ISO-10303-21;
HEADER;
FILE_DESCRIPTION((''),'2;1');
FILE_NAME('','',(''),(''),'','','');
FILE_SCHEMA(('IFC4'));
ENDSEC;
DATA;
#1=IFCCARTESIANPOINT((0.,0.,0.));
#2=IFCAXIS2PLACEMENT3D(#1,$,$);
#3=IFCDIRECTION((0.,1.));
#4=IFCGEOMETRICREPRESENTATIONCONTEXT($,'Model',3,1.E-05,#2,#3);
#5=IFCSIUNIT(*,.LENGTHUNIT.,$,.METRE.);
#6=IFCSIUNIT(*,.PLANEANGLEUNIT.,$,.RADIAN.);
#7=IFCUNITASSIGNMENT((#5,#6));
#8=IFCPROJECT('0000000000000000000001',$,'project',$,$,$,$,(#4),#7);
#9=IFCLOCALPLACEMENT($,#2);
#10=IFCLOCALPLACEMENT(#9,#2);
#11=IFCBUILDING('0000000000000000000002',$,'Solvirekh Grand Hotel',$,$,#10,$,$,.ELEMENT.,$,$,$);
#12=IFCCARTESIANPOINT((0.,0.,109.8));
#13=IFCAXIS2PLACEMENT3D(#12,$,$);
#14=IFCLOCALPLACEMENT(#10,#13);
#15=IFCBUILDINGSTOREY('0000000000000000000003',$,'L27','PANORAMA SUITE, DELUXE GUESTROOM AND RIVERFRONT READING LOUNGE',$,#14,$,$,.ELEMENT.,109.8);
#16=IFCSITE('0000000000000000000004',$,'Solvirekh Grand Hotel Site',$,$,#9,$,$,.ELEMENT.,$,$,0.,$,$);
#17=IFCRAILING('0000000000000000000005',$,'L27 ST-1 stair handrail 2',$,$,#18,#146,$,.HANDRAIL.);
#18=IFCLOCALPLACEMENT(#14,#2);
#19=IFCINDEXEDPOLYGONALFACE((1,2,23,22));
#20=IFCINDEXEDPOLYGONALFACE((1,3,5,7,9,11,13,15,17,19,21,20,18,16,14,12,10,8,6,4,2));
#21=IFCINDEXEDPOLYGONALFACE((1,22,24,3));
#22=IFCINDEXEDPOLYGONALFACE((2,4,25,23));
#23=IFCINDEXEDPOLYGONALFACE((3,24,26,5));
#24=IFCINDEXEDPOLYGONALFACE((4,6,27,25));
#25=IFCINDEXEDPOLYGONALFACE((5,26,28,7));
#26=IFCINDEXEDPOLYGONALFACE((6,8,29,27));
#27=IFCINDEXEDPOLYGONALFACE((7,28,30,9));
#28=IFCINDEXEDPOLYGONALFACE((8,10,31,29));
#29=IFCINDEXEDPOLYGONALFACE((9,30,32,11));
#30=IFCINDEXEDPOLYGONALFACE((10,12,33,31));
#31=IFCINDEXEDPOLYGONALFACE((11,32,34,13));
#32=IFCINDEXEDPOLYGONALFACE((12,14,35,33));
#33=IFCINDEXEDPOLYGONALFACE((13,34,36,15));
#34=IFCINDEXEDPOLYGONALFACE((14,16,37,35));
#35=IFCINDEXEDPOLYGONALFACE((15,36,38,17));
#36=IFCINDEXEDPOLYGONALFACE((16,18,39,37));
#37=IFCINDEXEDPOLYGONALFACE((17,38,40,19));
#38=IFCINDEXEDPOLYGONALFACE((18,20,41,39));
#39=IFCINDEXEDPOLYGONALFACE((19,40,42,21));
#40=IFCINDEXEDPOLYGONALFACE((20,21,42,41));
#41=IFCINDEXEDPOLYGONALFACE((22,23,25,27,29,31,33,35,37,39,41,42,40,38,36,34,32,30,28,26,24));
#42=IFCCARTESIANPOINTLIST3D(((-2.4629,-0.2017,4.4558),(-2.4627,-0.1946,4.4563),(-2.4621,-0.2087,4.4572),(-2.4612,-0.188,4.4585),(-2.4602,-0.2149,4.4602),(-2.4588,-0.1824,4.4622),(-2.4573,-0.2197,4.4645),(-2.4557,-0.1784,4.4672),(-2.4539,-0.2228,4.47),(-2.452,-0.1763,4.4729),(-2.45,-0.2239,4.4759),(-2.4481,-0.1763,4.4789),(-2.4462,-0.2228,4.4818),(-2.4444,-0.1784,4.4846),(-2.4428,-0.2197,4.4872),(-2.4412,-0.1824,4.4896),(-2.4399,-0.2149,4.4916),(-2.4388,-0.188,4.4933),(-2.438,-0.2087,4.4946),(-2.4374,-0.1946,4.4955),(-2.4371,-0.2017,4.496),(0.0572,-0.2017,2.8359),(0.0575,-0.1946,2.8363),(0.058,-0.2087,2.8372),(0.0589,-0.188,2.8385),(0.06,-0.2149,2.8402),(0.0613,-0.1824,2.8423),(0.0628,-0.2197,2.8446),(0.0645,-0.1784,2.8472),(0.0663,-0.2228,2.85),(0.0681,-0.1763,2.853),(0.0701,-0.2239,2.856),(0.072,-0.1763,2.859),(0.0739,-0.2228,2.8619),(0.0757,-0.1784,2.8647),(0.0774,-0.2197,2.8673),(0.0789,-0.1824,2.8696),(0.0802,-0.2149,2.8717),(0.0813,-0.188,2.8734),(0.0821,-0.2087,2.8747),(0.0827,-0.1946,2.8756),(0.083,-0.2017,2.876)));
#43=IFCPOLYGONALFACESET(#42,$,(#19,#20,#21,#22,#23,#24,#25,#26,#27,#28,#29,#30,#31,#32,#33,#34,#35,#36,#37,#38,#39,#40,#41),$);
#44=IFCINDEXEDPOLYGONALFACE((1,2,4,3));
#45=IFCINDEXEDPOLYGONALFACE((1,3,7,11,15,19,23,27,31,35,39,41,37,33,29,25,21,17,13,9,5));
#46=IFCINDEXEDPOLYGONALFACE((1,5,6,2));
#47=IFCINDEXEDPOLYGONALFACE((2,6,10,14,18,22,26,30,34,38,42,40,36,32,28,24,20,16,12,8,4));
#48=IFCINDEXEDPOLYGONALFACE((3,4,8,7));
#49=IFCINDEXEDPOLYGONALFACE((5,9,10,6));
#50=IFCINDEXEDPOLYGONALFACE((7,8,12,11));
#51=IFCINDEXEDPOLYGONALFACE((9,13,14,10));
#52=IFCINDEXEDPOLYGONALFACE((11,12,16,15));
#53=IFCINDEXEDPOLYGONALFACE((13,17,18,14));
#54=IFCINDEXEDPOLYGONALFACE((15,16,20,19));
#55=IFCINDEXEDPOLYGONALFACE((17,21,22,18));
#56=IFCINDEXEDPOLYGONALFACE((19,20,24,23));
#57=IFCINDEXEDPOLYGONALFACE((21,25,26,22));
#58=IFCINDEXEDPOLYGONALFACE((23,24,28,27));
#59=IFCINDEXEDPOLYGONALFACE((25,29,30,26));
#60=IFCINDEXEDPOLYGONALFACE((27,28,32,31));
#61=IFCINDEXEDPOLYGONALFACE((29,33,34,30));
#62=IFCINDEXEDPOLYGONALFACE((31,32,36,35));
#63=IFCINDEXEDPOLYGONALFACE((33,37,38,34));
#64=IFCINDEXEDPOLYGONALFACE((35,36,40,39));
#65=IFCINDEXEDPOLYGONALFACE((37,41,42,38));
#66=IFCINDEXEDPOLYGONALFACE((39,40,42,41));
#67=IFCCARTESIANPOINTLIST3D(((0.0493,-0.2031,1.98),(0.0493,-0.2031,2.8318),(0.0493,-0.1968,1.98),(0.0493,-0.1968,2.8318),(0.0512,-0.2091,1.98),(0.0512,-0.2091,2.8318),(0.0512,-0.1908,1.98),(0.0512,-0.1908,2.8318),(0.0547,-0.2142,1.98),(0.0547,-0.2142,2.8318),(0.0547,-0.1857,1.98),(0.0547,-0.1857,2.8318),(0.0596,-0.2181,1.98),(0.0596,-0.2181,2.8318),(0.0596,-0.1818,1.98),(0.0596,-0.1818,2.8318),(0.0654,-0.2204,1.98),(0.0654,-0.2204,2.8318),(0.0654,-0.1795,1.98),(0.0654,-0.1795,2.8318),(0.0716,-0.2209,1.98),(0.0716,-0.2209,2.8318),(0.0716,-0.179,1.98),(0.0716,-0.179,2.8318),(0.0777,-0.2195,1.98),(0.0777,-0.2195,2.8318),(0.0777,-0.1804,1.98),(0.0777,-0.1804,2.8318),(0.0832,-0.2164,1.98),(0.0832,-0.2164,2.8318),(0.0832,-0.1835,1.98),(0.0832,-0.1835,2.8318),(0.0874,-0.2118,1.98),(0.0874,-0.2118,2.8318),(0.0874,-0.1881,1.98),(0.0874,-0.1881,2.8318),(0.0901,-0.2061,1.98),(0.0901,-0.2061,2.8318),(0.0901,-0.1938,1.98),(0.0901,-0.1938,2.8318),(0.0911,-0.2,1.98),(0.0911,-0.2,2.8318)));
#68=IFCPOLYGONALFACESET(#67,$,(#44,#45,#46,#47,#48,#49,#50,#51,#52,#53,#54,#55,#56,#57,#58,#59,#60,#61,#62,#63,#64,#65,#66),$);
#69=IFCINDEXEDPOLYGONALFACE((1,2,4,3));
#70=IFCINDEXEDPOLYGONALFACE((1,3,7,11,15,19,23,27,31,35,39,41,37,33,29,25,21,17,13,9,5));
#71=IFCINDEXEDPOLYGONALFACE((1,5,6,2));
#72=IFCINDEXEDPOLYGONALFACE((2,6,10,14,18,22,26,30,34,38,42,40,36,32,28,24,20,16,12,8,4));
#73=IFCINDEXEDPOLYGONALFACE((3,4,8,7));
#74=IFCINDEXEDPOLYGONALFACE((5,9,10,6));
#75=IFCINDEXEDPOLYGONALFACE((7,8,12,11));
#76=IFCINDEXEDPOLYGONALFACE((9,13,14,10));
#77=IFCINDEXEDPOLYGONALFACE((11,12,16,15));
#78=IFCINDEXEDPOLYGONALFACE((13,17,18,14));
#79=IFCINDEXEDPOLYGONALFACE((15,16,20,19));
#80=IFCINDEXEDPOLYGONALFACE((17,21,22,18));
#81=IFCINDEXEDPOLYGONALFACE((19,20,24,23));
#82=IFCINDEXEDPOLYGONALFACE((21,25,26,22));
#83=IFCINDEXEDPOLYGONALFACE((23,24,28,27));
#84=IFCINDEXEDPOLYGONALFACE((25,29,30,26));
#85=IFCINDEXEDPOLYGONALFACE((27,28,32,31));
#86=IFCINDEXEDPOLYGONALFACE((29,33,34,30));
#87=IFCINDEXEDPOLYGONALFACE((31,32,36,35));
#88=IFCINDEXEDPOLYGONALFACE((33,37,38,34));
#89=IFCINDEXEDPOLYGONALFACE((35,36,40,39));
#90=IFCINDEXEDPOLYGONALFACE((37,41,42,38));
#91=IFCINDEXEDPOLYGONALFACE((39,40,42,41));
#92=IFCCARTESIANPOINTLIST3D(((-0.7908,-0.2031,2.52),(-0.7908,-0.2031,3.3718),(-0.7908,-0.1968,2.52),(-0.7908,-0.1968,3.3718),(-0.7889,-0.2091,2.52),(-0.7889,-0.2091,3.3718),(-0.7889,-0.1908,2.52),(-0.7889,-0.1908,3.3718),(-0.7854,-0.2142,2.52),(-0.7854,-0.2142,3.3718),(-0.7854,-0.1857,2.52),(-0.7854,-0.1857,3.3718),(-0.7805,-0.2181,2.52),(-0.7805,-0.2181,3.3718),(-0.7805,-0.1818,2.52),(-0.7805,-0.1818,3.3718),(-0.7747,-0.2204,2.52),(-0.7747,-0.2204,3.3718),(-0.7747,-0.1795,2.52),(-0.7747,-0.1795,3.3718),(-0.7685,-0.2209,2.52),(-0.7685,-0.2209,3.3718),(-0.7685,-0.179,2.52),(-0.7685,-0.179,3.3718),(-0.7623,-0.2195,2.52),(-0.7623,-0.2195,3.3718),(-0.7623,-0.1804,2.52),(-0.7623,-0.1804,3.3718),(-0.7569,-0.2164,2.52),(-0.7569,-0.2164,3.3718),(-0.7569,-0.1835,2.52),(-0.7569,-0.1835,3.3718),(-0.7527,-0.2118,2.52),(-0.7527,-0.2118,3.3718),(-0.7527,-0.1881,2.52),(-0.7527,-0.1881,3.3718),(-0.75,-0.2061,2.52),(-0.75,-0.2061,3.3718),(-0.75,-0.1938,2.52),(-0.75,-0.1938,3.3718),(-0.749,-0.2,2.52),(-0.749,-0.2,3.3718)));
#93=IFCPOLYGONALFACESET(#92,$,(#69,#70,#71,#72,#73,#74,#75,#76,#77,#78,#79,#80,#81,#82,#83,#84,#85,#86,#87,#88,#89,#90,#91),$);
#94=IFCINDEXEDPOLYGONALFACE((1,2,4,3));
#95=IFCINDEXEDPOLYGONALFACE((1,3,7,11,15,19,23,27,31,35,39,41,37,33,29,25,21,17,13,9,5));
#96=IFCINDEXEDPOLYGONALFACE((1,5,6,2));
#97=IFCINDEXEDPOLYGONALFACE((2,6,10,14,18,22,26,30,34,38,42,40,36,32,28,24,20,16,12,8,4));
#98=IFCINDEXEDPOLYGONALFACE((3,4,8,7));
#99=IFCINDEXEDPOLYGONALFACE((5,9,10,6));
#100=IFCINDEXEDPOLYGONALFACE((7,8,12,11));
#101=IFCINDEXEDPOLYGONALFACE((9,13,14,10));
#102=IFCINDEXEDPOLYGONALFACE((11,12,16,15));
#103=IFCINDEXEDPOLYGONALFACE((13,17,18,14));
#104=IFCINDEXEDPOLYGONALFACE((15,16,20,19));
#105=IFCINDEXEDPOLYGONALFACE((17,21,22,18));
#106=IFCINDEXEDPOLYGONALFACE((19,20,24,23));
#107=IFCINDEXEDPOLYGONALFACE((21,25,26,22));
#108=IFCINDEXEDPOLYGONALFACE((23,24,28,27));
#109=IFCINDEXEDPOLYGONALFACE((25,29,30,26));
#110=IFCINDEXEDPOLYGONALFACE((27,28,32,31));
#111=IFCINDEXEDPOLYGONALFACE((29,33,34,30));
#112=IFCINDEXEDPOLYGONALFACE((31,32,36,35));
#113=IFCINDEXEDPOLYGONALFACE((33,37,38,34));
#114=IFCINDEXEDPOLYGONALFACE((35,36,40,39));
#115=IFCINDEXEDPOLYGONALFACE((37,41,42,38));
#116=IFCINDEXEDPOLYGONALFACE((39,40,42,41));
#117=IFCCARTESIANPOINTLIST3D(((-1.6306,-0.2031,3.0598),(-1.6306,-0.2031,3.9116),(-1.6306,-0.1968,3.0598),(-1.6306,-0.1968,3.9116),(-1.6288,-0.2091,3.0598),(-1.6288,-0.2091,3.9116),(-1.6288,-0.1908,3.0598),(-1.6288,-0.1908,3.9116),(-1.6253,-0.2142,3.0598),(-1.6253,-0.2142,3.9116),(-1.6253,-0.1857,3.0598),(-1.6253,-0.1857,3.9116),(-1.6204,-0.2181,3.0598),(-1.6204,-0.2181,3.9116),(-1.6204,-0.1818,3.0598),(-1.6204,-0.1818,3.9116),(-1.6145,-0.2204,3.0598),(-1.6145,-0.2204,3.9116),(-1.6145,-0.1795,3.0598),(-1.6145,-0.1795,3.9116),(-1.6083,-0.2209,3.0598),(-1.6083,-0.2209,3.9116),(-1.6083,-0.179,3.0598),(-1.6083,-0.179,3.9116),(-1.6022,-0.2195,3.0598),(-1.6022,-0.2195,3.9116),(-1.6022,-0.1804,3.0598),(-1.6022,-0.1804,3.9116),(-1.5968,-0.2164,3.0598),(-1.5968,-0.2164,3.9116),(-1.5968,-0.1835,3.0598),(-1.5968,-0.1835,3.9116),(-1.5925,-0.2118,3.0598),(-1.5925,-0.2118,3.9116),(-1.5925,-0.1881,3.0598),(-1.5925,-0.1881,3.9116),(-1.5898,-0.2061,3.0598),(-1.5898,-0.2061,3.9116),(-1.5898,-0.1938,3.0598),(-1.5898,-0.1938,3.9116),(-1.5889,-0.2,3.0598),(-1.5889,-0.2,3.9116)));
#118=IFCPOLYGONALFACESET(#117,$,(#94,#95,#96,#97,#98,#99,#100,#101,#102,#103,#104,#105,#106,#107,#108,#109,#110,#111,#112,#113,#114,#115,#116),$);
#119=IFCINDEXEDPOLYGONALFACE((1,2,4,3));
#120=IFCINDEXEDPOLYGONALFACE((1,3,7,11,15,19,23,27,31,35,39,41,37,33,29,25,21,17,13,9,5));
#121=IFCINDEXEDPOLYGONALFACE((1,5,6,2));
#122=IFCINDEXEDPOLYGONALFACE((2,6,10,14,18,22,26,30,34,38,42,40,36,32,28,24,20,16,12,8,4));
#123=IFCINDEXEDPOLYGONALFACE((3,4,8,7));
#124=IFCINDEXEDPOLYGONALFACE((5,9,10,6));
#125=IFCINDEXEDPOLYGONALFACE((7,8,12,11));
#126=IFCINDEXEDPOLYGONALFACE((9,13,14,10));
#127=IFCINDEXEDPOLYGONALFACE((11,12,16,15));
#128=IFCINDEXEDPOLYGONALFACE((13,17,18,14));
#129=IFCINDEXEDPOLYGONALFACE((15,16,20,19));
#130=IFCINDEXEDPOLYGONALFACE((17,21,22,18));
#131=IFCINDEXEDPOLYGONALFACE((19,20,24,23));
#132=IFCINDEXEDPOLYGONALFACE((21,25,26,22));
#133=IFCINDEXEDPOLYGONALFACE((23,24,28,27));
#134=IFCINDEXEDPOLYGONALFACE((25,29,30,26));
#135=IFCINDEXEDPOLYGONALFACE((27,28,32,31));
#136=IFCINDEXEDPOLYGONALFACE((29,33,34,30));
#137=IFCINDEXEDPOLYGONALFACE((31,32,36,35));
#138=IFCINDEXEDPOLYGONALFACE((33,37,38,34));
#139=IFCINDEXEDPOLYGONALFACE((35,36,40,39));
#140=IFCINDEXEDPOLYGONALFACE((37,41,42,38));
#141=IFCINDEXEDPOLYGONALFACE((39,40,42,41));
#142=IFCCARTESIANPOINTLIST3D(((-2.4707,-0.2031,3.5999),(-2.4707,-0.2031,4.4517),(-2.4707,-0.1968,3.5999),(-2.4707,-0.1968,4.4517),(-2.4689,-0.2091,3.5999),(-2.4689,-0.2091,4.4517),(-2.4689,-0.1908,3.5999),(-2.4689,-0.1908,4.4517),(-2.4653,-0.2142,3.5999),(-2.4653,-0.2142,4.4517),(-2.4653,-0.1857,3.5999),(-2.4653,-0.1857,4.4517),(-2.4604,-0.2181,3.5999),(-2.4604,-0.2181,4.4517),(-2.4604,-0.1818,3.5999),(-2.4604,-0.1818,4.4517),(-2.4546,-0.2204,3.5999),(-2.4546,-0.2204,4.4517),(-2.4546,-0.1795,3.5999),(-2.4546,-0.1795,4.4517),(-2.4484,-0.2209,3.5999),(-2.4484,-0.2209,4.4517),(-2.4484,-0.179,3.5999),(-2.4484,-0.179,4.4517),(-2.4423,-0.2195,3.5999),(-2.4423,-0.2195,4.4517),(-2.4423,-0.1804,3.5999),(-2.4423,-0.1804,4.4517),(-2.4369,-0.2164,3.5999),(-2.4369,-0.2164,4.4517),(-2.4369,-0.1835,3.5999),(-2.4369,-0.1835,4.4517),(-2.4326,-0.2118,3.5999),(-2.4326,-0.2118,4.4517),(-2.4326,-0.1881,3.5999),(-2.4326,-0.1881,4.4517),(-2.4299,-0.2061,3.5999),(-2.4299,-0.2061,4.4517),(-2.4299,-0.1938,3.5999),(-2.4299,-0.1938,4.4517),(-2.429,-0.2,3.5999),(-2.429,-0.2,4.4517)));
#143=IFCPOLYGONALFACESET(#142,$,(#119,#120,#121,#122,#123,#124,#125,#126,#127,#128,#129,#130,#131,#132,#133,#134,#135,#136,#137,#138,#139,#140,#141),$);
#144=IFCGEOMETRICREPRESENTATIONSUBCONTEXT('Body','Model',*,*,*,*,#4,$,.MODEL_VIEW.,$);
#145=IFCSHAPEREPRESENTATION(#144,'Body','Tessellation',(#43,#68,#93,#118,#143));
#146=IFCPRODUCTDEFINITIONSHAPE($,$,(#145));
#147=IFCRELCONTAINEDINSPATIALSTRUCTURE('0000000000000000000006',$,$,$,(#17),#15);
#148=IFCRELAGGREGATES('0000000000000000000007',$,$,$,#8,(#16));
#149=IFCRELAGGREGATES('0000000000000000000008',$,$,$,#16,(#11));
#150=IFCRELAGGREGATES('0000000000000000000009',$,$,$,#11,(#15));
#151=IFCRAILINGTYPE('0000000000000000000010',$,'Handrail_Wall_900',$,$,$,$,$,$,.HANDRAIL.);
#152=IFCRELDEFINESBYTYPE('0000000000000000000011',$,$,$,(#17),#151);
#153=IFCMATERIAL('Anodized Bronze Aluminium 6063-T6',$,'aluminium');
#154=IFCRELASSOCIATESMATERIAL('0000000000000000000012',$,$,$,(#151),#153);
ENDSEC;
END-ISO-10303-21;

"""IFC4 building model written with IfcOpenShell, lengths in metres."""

from ifc_helpers import new_model, si_unit, direction, frame, origin, origin_2d, place, context, subcontext, project, spatial, circle, extrude, material, type_object, element, save


model = new_model("IFC4")

# Units and contexts
model_context = context("Model", 3, precision=1e-05, world=origin(), true_north=direction((0.0, 1.0)))
body_context = subcontext(model_context, "Body", "Model", "MODEL_VIEW")
ifc_project = project(units=[si_unit("LENGTHUNIT", "METRE"), si_unit("PLANEANGLEUNIT", "RADIAN")], contexts=[model_context])

# Site, building, storey
site_placement = place(None, origin())
site = spatial("IfcSite", under=ifc_project, at=site_placement, Name="Solvirekh Grand Hotel Site", CompositionType="ELEMENT", RefElevation=0.0)
building_placement = place(site_placement, origin())
building = spatial("IfcBuilding", under=site, at=building_placement, Name="Solvirekh Grand Hotel", CompositionType="ELEMENT")
storey_placement = place(building_placement, frame((0.0, 0.0, 109.8)))
storey = spatial("IfcBuildingStorey", under=building, at=storey_placement, Name="L27", Description="PANORAMA SUITE, DELUXE GUESTROOM AND RIVERFRONT READING LOUNGE", CompositionType="ELEMENT", Elevation=109.8)

# Railing
ifc_material_1 = material(Name="Anodized Bronze Aluminium 6063-T6", Category="aluminium")
railing_type_1 = type_object("IfcRailingType", Name="Handrail_Wall_900", PredefinedType="HANDRAIL", material=ifc_material_1)
railing_1_placement = place(storey_placement, frame((0.0701, -0.2, 1.98)))
element("IfcRailing", 1, at=railing_1_placement, inside=storey, type_object=railing_type_1, Name="L27 ST-1 stair handrail 2", PredefinedType="HANDRAIL", context=body_context, shape_type="SweptSolid", body=[
    extrude(circle(Radius=0.0239, at=origin_2d()), frame((0.0, 0.0, 0.876), z_axis=(-0.8412, 0.0, 0.540725), x_axis=(0.0, -1.0, 0.0)), (0.0, 0.0, 1.0), 2.9958),
    extrude(circle(Radius=0.021, at=origin_2d()), origin(), (0.0, 0.0, 1.0), 0.8518),
    extrude(circle(Radius=0.021, at=origin_2d()), frame((-0.8401, 0.0, 0.54)), (0.0, 0.0, 1.0), 0.8518),
    extrude(circle(Radius=0.021, at=origin_2d()), frame((-1.6799, 0.0, 1.0798)), (0.0, 0.0, 1.0), 0.8518),
    extrude(circle(Radius=0.021, at=origin_2d()), frame((-2.52, 0.0, 1.6199)), (0.0, 0.0, 1.0), 0.8518),
])

save(model, "model.ifc")
